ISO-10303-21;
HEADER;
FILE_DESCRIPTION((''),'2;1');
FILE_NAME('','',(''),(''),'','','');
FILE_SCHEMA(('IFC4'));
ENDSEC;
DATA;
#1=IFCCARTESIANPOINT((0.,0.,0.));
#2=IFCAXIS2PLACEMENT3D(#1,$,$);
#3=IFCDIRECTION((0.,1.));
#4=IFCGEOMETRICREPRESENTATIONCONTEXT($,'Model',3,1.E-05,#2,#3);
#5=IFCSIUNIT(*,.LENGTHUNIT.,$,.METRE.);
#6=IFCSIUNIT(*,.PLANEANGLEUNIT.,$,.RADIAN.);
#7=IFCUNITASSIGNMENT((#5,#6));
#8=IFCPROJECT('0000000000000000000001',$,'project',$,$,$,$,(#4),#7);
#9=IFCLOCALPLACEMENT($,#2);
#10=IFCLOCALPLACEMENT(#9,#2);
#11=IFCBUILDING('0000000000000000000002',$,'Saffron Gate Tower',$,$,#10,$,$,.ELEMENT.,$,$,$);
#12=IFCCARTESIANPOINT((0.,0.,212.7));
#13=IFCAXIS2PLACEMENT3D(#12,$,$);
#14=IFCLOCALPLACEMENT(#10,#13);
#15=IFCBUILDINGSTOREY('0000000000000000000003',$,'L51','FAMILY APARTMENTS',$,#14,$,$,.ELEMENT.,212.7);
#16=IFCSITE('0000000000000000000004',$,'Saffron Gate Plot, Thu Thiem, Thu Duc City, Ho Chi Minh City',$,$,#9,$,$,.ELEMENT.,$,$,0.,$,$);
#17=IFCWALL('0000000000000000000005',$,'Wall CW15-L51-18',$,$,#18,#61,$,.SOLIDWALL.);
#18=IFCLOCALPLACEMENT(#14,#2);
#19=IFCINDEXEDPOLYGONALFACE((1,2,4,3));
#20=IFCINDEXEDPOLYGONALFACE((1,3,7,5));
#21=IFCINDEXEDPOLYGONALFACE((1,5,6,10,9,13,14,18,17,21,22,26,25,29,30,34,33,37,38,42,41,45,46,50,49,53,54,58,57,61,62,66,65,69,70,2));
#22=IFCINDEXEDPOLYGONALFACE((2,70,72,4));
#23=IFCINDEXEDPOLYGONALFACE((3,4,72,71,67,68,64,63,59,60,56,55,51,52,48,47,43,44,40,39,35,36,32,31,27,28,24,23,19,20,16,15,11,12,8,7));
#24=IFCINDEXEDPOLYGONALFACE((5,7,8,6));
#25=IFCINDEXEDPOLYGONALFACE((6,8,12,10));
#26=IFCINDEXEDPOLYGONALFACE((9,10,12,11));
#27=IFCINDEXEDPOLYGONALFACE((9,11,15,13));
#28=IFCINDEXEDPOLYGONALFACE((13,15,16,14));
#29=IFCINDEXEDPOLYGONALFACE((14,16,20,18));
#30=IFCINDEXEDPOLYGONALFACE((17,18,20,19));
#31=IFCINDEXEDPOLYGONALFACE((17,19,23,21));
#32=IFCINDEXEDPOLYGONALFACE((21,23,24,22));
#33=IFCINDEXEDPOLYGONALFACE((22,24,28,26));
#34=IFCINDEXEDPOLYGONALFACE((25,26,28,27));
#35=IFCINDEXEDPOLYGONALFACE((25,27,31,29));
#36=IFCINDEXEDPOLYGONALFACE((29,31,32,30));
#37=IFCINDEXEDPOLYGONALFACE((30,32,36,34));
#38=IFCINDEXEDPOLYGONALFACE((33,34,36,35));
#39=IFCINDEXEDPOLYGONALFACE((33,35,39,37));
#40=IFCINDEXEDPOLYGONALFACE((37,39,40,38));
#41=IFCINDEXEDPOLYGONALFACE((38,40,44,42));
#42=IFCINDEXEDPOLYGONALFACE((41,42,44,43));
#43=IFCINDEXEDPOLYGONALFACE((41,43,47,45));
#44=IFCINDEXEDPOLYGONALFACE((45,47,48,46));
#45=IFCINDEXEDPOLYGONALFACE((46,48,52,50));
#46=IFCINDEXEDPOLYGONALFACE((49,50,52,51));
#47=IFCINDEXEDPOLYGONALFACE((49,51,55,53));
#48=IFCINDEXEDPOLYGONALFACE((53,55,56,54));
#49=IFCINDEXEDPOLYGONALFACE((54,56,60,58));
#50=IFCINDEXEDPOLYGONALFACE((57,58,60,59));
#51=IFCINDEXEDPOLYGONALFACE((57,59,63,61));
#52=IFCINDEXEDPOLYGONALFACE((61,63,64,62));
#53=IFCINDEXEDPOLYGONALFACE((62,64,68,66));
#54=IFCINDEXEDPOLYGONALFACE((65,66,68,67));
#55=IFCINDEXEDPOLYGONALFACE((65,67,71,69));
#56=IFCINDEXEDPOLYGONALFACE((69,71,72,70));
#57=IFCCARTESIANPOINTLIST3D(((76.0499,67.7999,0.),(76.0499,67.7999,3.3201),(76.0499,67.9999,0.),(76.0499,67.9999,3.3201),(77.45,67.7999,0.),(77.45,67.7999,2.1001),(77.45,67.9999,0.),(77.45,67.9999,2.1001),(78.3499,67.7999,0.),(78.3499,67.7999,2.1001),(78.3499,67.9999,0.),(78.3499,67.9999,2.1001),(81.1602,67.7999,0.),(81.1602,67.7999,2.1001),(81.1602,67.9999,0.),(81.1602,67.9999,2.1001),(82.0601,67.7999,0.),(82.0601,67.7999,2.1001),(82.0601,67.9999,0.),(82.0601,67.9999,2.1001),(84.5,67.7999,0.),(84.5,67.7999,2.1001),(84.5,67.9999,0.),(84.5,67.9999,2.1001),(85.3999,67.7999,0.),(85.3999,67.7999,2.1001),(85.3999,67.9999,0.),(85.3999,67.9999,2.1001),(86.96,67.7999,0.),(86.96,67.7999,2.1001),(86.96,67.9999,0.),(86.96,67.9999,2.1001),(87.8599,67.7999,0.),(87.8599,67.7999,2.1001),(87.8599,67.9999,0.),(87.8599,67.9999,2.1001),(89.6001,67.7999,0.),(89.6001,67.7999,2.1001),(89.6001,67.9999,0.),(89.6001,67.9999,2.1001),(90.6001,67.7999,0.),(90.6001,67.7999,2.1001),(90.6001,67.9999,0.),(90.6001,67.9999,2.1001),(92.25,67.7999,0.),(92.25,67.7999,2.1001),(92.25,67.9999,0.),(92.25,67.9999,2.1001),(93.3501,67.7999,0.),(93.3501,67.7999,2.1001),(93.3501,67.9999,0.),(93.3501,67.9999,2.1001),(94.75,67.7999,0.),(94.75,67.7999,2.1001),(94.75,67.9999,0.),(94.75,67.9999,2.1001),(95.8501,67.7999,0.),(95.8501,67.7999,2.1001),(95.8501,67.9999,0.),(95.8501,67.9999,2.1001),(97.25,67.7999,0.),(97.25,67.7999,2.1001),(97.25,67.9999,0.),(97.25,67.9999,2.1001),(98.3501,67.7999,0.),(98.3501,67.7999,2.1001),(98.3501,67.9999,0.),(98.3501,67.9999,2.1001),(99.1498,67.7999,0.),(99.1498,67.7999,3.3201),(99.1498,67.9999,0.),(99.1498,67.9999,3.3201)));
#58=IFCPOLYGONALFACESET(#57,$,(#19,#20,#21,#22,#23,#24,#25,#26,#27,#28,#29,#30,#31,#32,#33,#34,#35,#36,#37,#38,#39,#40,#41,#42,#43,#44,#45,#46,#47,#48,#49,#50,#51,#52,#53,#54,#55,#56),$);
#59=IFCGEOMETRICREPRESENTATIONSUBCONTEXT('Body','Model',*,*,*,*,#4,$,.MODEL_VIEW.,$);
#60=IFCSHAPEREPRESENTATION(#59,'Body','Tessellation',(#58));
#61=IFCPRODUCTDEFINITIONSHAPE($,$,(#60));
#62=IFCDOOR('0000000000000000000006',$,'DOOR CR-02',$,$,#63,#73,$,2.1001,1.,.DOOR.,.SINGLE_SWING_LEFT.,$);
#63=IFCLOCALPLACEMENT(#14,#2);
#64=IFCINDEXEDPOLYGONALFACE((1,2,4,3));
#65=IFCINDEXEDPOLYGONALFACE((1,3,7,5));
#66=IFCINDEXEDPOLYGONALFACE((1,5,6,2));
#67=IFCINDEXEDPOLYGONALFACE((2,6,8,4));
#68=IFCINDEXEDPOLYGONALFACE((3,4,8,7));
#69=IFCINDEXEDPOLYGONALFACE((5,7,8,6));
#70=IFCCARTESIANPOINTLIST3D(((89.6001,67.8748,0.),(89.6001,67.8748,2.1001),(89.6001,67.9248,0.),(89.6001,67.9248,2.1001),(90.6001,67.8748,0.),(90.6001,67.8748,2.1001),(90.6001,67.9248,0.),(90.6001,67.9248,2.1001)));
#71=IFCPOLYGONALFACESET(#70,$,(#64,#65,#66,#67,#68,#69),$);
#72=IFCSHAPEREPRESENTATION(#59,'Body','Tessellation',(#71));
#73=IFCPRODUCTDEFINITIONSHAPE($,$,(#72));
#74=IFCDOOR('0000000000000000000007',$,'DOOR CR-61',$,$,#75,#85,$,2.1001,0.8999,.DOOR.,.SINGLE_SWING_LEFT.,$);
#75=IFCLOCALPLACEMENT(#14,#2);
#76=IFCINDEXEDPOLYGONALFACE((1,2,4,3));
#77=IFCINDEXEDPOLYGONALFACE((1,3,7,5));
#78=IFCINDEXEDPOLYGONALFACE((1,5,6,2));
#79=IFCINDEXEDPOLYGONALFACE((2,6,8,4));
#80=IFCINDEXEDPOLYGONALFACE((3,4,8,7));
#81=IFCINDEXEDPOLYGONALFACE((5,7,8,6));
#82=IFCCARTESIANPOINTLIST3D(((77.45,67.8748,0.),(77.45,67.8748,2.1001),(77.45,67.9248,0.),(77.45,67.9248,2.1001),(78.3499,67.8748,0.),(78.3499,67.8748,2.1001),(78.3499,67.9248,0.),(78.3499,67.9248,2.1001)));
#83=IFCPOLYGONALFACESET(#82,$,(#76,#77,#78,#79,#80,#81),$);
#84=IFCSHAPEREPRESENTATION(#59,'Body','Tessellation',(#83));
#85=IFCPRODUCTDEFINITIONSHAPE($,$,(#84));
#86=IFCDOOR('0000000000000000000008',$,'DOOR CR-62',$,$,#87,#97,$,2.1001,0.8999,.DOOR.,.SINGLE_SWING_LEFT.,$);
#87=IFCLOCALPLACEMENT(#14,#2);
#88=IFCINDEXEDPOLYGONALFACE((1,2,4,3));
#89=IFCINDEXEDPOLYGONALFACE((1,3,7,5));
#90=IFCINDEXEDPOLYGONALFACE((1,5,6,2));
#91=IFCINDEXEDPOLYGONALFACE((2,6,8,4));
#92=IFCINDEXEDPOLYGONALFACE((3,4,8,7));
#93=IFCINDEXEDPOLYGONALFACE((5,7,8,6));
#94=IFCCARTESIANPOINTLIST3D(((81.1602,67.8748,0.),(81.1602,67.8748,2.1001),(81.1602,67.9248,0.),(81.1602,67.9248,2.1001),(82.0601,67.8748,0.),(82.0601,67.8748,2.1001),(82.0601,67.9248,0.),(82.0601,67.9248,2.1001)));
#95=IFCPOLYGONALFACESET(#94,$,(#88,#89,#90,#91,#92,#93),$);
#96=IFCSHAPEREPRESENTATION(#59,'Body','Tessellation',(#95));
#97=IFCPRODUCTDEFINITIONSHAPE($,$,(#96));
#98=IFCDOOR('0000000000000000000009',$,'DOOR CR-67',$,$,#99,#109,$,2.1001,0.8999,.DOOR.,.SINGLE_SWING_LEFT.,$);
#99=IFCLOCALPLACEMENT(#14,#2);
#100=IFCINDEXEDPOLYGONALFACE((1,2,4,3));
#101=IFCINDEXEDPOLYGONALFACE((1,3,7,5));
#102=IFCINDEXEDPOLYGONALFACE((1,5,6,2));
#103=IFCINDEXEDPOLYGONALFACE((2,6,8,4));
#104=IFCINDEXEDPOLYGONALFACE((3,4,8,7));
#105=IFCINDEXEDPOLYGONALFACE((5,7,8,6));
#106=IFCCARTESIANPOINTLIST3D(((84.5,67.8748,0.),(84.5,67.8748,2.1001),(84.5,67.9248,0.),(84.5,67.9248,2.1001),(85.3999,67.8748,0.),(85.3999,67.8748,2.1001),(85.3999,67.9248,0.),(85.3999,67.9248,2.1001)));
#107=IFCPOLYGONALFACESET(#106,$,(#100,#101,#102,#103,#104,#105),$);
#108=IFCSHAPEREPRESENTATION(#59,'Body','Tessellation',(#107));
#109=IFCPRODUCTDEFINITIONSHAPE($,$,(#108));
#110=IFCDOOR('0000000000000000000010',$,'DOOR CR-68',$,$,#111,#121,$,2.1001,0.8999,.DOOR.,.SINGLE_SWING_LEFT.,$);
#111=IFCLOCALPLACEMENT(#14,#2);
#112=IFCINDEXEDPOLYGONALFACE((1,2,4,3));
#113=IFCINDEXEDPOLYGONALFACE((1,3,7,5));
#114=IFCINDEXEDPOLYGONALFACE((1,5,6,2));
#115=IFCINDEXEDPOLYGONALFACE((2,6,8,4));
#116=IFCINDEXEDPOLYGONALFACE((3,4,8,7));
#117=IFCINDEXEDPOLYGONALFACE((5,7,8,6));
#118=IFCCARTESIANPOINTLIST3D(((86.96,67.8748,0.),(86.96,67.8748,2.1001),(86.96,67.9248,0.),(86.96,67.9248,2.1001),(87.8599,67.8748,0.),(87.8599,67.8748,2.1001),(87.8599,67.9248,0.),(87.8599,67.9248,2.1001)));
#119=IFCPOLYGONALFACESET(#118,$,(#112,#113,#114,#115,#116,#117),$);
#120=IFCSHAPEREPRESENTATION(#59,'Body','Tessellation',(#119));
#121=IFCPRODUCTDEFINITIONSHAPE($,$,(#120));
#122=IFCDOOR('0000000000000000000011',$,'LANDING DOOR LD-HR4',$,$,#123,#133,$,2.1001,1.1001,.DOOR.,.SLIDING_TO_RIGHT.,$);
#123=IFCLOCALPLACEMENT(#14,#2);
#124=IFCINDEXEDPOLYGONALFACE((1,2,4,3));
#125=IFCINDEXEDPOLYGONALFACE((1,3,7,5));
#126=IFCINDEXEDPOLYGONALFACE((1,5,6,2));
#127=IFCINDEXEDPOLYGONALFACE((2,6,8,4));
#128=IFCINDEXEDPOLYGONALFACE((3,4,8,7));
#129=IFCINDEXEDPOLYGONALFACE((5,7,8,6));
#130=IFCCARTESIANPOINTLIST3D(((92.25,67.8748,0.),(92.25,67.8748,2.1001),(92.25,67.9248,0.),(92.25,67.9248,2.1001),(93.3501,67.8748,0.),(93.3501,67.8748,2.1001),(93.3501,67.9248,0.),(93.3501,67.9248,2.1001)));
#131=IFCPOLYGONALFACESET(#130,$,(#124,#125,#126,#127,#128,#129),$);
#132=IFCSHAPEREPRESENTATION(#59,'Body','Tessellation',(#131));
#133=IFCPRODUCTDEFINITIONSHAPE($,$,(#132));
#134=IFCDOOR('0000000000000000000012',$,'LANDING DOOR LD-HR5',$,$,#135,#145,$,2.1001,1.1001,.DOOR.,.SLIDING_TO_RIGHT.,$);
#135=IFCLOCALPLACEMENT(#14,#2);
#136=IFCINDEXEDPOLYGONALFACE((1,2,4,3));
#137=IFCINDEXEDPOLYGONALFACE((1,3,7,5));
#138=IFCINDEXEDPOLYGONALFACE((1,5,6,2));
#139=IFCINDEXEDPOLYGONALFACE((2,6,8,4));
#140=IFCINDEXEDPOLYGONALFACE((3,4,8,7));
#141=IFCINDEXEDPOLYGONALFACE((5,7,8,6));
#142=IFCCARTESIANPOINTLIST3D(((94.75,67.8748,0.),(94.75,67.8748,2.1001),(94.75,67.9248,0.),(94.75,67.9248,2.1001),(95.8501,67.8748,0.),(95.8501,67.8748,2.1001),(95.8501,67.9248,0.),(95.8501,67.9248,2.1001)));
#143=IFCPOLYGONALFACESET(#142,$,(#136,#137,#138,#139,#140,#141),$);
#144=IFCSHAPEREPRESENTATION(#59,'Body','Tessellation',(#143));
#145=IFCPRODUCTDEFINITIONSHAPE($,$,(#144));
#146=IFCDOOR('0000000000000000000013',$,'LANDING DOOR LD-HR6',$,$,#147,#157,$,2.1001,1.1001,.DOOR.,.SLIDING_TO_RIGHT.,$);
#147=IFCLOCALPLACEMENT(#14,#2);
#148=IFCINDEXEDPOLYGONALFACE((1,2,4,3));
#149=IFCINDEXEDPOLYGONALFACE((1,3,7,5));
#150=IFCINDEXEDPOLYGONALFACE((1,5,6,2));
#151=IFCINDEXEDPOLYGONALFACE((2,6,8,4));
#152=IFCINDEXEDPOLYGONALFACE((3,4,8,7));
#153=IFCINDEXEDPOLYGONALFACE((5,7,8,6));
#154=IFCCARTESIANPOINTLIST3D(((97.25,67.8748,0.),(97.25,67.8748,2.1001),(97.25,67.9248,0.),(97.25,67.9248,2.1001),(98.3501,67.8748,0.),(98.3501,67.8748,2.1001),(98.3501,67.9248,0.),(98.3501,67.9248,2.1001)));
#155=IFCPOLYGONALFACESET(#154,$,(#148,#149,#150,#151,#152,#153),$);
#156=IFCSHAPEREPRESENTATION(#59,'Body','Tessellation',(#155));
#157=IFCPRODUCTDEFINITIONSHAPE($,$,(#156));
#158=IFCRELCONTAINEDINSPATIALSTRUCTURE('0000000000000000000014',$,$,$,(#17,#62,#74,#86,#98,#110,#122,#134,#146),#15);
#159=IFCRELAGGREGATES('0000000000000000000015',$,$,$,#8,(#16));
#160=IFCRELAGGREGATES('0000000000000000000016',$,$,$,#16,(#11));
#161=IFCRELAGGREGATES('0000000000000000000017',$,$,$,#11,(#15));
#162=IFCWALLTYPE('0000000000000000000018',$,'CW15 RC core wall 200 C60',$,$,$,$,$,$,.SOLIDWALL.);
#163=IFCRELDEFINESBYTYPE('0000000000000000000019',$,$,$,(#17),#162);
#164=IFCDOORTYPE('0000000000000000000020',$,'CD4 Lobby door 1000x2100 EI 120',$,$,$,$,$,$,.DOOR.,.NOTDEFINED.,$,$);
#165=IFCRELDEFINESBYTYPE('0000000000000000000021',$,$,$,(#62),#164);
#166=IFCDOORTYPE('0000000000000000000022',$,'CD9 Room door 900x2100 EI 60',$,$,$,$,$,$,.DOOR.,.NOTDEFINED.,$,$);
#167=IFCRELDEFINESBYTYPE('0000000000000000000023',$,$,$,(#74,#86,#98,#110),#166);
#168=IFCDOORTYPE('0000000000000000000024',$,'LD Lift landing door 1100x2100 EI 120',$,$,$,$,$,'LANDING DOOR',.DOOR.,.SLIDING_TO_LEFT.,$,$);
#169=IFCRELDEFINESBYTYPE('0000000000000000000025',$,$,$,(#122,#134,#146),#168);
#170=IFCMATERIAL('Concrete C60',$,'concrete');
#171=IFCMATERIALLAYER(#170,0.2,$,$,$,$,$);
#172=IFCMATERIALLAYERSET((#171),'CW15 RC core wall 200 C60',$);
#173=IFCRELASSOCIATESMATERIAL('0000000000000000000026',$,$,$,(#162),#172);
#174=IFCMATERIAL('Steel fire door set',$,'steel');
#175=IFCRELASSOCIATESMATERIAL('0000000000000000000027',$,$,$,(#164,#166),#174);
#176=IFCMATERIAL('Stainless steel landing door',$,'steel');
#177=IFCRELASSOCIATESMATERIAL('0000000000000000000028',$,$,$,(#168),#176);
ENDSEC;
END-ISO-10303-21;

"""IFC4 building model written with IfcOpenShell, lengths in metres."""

from ifc_helpers import new_model, si_unit, direction, frame, frame_2d, origin, place, context, subcontext, project, spatial, rectangle, extrude, material, layer, layer_set, type_object, element, fill, save


model = new_model("IFC4")

# Units and contexts
model_context = context("Model", 3, precision=1e-05, world=origin(), true_north=direction((0.0, 1.0)))
body_context = subcontext(model_context, "Body", "Model", "MODEL_VIEW")
ifc_project = project(units=[si_unit("LENGTHUNIT", "METRE"), si_unit("PLANEANGLEUNIT", "RADIAN")], contexts=[model_context])

# Site, building, storey
site_placement = place(None, origin())
site = spatial("IfcSite", under=ifc_project, at=site_placement, Name="Saffron Gate Plot, Thu Thiem, Thu Duc City, Ho Chi Minh City", CompositionType="ELEMENT", RefElevation=0.0)
building_placement = place(site_placement, origin())
building = spatial("IfcBuilding", under=site, at=building_placement, Name="Saffron Gate Tower", CompositionType="ELEMENT")
storey_placement = place(building_placement, frame((0.0, 0.0, 212.7)))
storey = spatial("IfcBuildingStorey", under=building, at=storey_placement, Name="L51", Description="FAMILY APARTMENTS", CompositionType="ELEMENT", Elevation=212.7)

# Shared definitions
ifc_material_1 = material(Name="Concrete C60", Category="concrete")

# Wall, openings, doors
ifc_layer_1 = layer(ifc_material_1, 0.2)
ifc_layer_set_1 = layer_set([ifc_layer_1], Name="CW15 RC core wall 200 C60")
wall_type_1 = type_object("IfcWallType", Name="CW15 RC core wall 200 C60", PredefinedType="SOLIDWALL", material=ifc_layer_set_1)
wall_1_placement = place(storey_placement, frame((76.05, 67.8999, 0.0), z_axis=(0.0, 0.0, 1.0), x_axis=(1.0, 0.0, 0.0)))
wall_1 = element("IfcWall", 1, at=wall_1_placement, inside=storey, type_object=wall_type_1, Name="Wall CW15-L51-18", PredefinedType="SOLIDWALL", context=body_context, shape_type="SweptSolid", body=[
    extrude(rectangle(XDim=23.0999, YDim=0.2, at=frame_2d((11.5498, 0.0))), origin(), (0.0, 0.0, 1.0), 3.3201),
])
opening_1_placement = place(wall_1_placement, frame((1.3999, 0.0, 0.0)))
opening_1 = element("IfcOpeningElement", 2, at=opening_1_placement, cuts=wall_1, PredefinedType="OPENING", context=body_context, shape_type="SweptSolid", body=[
    extrude(rectangle(XDim=0.8999, YDim=2.1001, at=frame_2d((0.45, 1.05))), frame((0.0, 0.1099, 0.0), z_axis=(0.0, -1.0, 0.0), x_axis=(1.0, 0.0, 0.0)), (0.0, 0.0, 1.0), 0.22),
])
opening_2_placement = place(wall_1_placement, frame((5.1101, 0.0, 0.0)))
opening_2 = element("IfcOpeningElement", 3, at=opening_2_placement, cuts=wall_1, PredefinedType="OPENING", context=body_context, shape_type="SweptSolid", body=[
    extrude(rectangle(XDim=0.8999, YDim=2.1001, at=frame_2d((0.45, 1.05))), frame((0.0, 0.1099, 0.0), z_axis=(0.0, -1.0, 0.0), x_axis=(1.0, 0.0, 0.0)), (0.0, 0.0, 1.0), 0.22),
])
opening_3_placement = place(wall_1_placement, frame((8.45, 0.0, 0.0)))
opening_3 = element("IfcOpeningElement", 4, at=opening_3_placement, cuts=wall_1, PredefinedType="OPENING", context=body_context, shape_type="SweptSolid", body=[
    extrude(rectangle(XDim=0.8999, YDim=2.1001, at=frame_2d((0.45, 1.05))), frame((0.0, 0.1099, 0.0), z_axis=(0.0, -1.0, 0.0), x_axis=(1.0, 0.0, 0.0)), (0.0, 0.0, 1.0), 0.22),
])
opening_4_placement = place(wall_1_placement, frame((10.9099, 0.0, 0.0)))
opening_4 = element("IfcOpeningElement", 5, at=opening_4_placement, cuts=wall_1, PredefinedType="OPENING", context=body_context, shape_type="SweptSolid", body=[
    extrude(rectangle(XDim=0.8999, YDim=2.1001, at=frame_2d((0.45, 1.05))), frame((0.0, 0.1099, 0.0), z_axis=(0.0, -1.0, 0.0), x_axis=(1.0, 0.0, 0.0)), (0.0, 0.0, 1.0), 0.22),
])
opening_5_placement = place(wall_1_placement, frame((13.55, 0.0, 0.0)))
opening_5 = element("IfcOpeningElement", 6, at=opening_5_placement, cuts=wall_1, PredefinedType="OPENING", context=body_context, shape_type="SweptSolid", body=[
    extrude(rectangle(XDim=1.0, YDim=2.1001, at=frame_2d((0.5, 1.05))), frame((0.0, 0.1099, 0.0), z_axis=(0.0, -1.0, 0.0), x_axis=(1.0, 0.0, 0.0)), (0.0, 0.0, 1.0), 0.22),
])
opening_6_placement = place(wall_1_placement, frame((16.2, 0.0, 0.0)))
opening_6 = element("IfcOpeningElement", 7, at=opening_6_placement, cuts=wall_1, PredefinedType="OPENING", context=body_context, shape_type="SweptSolid", body=[
    extrude(rectangle(XDim=1.1001, YDim=2.1001, at=frame_2d((0.55, 1.05))), frame((0.0, 0.1099, 0.0), z_axis=(0.0, -1.0, 0.0), x_axis=(1.0, 0.0, 0.0)), (0.0, 0.0, 1.0), 0.22),
])
opening_7_placement = place(wall_1_placement, frame((18.7, 0.0, 0.0)))
opening_7 = element("IfcOpeningElement", 8, at=opening_7_placement, cuts=wall_1, PredefinedType="OPENING", context=body_context, shape_type="SweptSolid", body=[
    extrude(rectangle(XDim=1.1001, YDim=2.1001, at=frame_2d((0.55, 1.05))), frame((0.0, 0.1099, 0.0), z_axis=(0.0, -1.0, 0.0), x_axis=(1.0, 0.0, 0.0)), (0.0, 0.0, 1.0), 0.22),
])
opening_8_placement = place(wall_1_placement, frame((21.2, 0.0, 0.0)))
opening_8 = element("IfcOpeningElement", 9, at=opening_8_placement, cuts=wall_1, PredefinedType="OPENING", context=body_context, shape_type="SweptSolid", body=[
    extrude(rectangle(XDim=1.1001, YDim=2.1001, at=frame_2d((0.55, 1.05))), frame((0.0, 0.1099, 0.0), z_axis=(0.0, -1.0, 0.0), x_axis=(1.0, 0.0, 0.0)), (0.0, 0.0, 1.0), 0.22),
])
ifc_material_2 = material(Name="Steel fire door set", Category="steel")
door_type_1 = type_object("IfcDoorType", Name="CD4 Lobby door 1000x2100 EI 120", OperationType="NOTDEFINED", PredefinedType="DOOR", material=ifc_material_2)
door_1_placement = place(opening_5_placement, origin())
door_1 = element("IfcDoor", 10, at=door_1_placement, inside=storey, type_object=door_type_1, Name="DOOR CR-02", OperationType="SINGLE_SWING_LEFT", OverallHeight=2.1001, OverallWidth=1.0, PredefinedType="DOOR", context=body_context, shape_type="SweptSolid", body=[
    extrude(rectangle(XDim=1.0, YDim=2.1001, at=frame_2d((0.5, 1.05))), frame((0.0, 0.0249, 0.0), z_axis=(0.0, -1.0, 0.0), x_axis=(1.0, 0.0, 0.0)), (0.0, 0.0, 1.0), 0.05),
])
fill(opening_5, door_1)
door_type_2 = type_object("IfcDoorType", Name="CD9 Room door 900x2100 EI 60", OperationType="NOTDEFINED", PredefinedType="DOOR", material=ifc_material_2)
door_2_placement = place(opening_1_placement, origin())
door_2 = element("IfcDoor", 11, at=door_2_placement, inside=storey, type_object=door_type_2, Name="DOOR CR-61", OperationType="SINGLE_SWING_LEFT", OverallHeight=2.1001, OverallWidth=0.8999, PredefinedType="DOOR", context=body_context, shape_type="SweptSolid", body=[
    extrude(rectangle(XDim=0.8999, YDim=2.1001, at=frame_2d((0.45, 1.05))), frame((0.0, 0.0249, 0.0), z_axis=(0.0, -1.0, 0.0), x_axis=(1.0, 0.0, 0.0)), (0.0, 0.0, 1.0), 0.05),
])
fill(opening_1, door_2)
door_3_placement = place(opening_2_placement, origin())
door_3 = element("IfcDoor", 12, at=door_3_placement, inside=storey, type_object=door_type_2, Name="DOOR CR-62", OperationType="SINGLE_SWING_LEFT", OverallHeight=2.1001, OverallWidth=0.8999, PredefinedType="DOOR", context=body_context, shape_type="SweptSolid", body=[
    extrude(rectangle(XDim=0.8999, YDim=2.1001, at=frame_2d((0.45, 1.05))), frame((0.0, 0.0249, 0.0), z_axis=(0.0, -1.0, 0.0), x_axis=(1.0, 0.0, 0.0)), (0.0, 0.0, 1.0), 0.05),
])
fill(opening_2, door_3)
door_4_placement = place(opening_3_placement, origin())
door_4 = element("IfcDoor", 13, at=door_4_placement, inside=storey, type_object=door_type_2, Name="DOOR CR-67", OperationType="SINGLE_SWING_LEFT", OverallHeight=2.1001, OverallWidth=0.8999, PredefinedType="DOOR", context=body_context, shape_type="SweptSolid", body=[
    extrude(rectangle(XDim=0.8999, YDim=2.1001, at=frame_2d((0.45, 1.05))), frame((0.0, 0.0249, 0.0), z_axis=(0.0, -1.0, 0.0), x_axis=(1.0, 0.0, 0.0)), (0.0, 0.0, 1.0), 0.05),
])
fill(opening_3, door_4)
door_5_placement = place(opening_4_placement, origin())
door_5 = element("IfcDoor", 14, at=door_5_placement, inside=storey, type_object=door_type_2, Name="DOOR CR-68", OperationType="SINGLE_SWING_LEFT", OverallHeight=2.1001, OverallWidth=0.8999, PredefinedType="DOOR", context=body_context, shape_type="SweptSolid", body=[
    extrude(rectangle(XDim=0.8999, YDim=2.1001, at=frame_2d((0.45, 1.05))), frame((0.0, 0.0249, 0.0), z_axis=(0.0, -1.0, 0.0), x_axis=(1.0, 0.0, 0.0)), (0.0, 0.0, 1.0), 0.05),
])
fill(opening_4, door_5)
ifc_material_3 = material(Name="Stainless steel landing door", Category="steel")
door_type_3 = type_object("IfcDoorType", Name="LD Lift landing door 1100x2100 EI 120", ElementType="LANDING DOOR", OperationType="SLIDING_TO_LEFT", PredefinedType="DOOR", material=ifc_material_3)
door_6_placement = place(opening_6_placement, origin())
door_6 = element("IfcDoor", 15, at=door_6_placement, inside=storey, type_object=door_type_3, Name="LANDING DOOR LD-HR4", OperationType="SLIDING_TO_RIGHT", OverallHeight=2.1001, OverallWidth=1.1001, PredefinedType="DOOR", context=body_context, shape_type="SweptSolid", body=[
    extrude(rectangle(XDim=1.1001, YDim=2.1001, at=frame_2d((0.55, 1.05))), frame((0.0, 0.0249, 0.0), z_axis=(0.0, -1.0, 0.0), x_axis=(1.0, 0.0, 0.0)), (0.0, 0.0, 1.0), 0.05),
])
fill(opening_6, door_6)
door_7_placement = place(opening_7_placement, origin())
door_7 = element("IfcDoor", 16, at=door_7_placement, inside=storey, type_object=door_type_3, Name="LANDING DOOR LD-HR5", OperationType="SLIDING_TO_RIGHT", OverallHeight=2.1001, OverallWidth=1.1001, PredefinedType="DOOR", context=body_context, shape_type="SweptSolid", body=[
    extrude(rectangle(XDim=1.1001, YDim=2.1001, at=frame_2d((0.55, 1.05))), frame((0.0, 0.0249, 0.0), z_axis=(0.0, -1.0, 0.0), x_axis=(1.0, 0.0, 0.0)), (0.0, 0.0, 1.0), 0.05),
])
fill(opening_7, door_7)
door_8_placement = place(opening_8_placement, origin())
door_8 = element("IfcDoor", 17, at=door_8_placement, inside=storey, type_object=door_type_3, Name="LANDING DOOR LD-HR6", OperationType="SLIDING_TO_RIGHT", OverallHeight=2.1001, OverallWidth=1.1001, PredefinedType="DOOR", context=body_context, shape_type="SweptSolid", body=[
    extrude(rectangle(XDim=1.1001, YDim=2.1001, at=frame_2d((0.55, 1.05))), frame((0.0, 0.0249, 0.0), z_axis=(0.0, -1.0, 0.0), x_axis=(1.0, 0.0, 0.0)), (0.0, 0.0, 1.0), 0.05),
])
fill(opening_8, door_8)

save(model, "model.ifc")
